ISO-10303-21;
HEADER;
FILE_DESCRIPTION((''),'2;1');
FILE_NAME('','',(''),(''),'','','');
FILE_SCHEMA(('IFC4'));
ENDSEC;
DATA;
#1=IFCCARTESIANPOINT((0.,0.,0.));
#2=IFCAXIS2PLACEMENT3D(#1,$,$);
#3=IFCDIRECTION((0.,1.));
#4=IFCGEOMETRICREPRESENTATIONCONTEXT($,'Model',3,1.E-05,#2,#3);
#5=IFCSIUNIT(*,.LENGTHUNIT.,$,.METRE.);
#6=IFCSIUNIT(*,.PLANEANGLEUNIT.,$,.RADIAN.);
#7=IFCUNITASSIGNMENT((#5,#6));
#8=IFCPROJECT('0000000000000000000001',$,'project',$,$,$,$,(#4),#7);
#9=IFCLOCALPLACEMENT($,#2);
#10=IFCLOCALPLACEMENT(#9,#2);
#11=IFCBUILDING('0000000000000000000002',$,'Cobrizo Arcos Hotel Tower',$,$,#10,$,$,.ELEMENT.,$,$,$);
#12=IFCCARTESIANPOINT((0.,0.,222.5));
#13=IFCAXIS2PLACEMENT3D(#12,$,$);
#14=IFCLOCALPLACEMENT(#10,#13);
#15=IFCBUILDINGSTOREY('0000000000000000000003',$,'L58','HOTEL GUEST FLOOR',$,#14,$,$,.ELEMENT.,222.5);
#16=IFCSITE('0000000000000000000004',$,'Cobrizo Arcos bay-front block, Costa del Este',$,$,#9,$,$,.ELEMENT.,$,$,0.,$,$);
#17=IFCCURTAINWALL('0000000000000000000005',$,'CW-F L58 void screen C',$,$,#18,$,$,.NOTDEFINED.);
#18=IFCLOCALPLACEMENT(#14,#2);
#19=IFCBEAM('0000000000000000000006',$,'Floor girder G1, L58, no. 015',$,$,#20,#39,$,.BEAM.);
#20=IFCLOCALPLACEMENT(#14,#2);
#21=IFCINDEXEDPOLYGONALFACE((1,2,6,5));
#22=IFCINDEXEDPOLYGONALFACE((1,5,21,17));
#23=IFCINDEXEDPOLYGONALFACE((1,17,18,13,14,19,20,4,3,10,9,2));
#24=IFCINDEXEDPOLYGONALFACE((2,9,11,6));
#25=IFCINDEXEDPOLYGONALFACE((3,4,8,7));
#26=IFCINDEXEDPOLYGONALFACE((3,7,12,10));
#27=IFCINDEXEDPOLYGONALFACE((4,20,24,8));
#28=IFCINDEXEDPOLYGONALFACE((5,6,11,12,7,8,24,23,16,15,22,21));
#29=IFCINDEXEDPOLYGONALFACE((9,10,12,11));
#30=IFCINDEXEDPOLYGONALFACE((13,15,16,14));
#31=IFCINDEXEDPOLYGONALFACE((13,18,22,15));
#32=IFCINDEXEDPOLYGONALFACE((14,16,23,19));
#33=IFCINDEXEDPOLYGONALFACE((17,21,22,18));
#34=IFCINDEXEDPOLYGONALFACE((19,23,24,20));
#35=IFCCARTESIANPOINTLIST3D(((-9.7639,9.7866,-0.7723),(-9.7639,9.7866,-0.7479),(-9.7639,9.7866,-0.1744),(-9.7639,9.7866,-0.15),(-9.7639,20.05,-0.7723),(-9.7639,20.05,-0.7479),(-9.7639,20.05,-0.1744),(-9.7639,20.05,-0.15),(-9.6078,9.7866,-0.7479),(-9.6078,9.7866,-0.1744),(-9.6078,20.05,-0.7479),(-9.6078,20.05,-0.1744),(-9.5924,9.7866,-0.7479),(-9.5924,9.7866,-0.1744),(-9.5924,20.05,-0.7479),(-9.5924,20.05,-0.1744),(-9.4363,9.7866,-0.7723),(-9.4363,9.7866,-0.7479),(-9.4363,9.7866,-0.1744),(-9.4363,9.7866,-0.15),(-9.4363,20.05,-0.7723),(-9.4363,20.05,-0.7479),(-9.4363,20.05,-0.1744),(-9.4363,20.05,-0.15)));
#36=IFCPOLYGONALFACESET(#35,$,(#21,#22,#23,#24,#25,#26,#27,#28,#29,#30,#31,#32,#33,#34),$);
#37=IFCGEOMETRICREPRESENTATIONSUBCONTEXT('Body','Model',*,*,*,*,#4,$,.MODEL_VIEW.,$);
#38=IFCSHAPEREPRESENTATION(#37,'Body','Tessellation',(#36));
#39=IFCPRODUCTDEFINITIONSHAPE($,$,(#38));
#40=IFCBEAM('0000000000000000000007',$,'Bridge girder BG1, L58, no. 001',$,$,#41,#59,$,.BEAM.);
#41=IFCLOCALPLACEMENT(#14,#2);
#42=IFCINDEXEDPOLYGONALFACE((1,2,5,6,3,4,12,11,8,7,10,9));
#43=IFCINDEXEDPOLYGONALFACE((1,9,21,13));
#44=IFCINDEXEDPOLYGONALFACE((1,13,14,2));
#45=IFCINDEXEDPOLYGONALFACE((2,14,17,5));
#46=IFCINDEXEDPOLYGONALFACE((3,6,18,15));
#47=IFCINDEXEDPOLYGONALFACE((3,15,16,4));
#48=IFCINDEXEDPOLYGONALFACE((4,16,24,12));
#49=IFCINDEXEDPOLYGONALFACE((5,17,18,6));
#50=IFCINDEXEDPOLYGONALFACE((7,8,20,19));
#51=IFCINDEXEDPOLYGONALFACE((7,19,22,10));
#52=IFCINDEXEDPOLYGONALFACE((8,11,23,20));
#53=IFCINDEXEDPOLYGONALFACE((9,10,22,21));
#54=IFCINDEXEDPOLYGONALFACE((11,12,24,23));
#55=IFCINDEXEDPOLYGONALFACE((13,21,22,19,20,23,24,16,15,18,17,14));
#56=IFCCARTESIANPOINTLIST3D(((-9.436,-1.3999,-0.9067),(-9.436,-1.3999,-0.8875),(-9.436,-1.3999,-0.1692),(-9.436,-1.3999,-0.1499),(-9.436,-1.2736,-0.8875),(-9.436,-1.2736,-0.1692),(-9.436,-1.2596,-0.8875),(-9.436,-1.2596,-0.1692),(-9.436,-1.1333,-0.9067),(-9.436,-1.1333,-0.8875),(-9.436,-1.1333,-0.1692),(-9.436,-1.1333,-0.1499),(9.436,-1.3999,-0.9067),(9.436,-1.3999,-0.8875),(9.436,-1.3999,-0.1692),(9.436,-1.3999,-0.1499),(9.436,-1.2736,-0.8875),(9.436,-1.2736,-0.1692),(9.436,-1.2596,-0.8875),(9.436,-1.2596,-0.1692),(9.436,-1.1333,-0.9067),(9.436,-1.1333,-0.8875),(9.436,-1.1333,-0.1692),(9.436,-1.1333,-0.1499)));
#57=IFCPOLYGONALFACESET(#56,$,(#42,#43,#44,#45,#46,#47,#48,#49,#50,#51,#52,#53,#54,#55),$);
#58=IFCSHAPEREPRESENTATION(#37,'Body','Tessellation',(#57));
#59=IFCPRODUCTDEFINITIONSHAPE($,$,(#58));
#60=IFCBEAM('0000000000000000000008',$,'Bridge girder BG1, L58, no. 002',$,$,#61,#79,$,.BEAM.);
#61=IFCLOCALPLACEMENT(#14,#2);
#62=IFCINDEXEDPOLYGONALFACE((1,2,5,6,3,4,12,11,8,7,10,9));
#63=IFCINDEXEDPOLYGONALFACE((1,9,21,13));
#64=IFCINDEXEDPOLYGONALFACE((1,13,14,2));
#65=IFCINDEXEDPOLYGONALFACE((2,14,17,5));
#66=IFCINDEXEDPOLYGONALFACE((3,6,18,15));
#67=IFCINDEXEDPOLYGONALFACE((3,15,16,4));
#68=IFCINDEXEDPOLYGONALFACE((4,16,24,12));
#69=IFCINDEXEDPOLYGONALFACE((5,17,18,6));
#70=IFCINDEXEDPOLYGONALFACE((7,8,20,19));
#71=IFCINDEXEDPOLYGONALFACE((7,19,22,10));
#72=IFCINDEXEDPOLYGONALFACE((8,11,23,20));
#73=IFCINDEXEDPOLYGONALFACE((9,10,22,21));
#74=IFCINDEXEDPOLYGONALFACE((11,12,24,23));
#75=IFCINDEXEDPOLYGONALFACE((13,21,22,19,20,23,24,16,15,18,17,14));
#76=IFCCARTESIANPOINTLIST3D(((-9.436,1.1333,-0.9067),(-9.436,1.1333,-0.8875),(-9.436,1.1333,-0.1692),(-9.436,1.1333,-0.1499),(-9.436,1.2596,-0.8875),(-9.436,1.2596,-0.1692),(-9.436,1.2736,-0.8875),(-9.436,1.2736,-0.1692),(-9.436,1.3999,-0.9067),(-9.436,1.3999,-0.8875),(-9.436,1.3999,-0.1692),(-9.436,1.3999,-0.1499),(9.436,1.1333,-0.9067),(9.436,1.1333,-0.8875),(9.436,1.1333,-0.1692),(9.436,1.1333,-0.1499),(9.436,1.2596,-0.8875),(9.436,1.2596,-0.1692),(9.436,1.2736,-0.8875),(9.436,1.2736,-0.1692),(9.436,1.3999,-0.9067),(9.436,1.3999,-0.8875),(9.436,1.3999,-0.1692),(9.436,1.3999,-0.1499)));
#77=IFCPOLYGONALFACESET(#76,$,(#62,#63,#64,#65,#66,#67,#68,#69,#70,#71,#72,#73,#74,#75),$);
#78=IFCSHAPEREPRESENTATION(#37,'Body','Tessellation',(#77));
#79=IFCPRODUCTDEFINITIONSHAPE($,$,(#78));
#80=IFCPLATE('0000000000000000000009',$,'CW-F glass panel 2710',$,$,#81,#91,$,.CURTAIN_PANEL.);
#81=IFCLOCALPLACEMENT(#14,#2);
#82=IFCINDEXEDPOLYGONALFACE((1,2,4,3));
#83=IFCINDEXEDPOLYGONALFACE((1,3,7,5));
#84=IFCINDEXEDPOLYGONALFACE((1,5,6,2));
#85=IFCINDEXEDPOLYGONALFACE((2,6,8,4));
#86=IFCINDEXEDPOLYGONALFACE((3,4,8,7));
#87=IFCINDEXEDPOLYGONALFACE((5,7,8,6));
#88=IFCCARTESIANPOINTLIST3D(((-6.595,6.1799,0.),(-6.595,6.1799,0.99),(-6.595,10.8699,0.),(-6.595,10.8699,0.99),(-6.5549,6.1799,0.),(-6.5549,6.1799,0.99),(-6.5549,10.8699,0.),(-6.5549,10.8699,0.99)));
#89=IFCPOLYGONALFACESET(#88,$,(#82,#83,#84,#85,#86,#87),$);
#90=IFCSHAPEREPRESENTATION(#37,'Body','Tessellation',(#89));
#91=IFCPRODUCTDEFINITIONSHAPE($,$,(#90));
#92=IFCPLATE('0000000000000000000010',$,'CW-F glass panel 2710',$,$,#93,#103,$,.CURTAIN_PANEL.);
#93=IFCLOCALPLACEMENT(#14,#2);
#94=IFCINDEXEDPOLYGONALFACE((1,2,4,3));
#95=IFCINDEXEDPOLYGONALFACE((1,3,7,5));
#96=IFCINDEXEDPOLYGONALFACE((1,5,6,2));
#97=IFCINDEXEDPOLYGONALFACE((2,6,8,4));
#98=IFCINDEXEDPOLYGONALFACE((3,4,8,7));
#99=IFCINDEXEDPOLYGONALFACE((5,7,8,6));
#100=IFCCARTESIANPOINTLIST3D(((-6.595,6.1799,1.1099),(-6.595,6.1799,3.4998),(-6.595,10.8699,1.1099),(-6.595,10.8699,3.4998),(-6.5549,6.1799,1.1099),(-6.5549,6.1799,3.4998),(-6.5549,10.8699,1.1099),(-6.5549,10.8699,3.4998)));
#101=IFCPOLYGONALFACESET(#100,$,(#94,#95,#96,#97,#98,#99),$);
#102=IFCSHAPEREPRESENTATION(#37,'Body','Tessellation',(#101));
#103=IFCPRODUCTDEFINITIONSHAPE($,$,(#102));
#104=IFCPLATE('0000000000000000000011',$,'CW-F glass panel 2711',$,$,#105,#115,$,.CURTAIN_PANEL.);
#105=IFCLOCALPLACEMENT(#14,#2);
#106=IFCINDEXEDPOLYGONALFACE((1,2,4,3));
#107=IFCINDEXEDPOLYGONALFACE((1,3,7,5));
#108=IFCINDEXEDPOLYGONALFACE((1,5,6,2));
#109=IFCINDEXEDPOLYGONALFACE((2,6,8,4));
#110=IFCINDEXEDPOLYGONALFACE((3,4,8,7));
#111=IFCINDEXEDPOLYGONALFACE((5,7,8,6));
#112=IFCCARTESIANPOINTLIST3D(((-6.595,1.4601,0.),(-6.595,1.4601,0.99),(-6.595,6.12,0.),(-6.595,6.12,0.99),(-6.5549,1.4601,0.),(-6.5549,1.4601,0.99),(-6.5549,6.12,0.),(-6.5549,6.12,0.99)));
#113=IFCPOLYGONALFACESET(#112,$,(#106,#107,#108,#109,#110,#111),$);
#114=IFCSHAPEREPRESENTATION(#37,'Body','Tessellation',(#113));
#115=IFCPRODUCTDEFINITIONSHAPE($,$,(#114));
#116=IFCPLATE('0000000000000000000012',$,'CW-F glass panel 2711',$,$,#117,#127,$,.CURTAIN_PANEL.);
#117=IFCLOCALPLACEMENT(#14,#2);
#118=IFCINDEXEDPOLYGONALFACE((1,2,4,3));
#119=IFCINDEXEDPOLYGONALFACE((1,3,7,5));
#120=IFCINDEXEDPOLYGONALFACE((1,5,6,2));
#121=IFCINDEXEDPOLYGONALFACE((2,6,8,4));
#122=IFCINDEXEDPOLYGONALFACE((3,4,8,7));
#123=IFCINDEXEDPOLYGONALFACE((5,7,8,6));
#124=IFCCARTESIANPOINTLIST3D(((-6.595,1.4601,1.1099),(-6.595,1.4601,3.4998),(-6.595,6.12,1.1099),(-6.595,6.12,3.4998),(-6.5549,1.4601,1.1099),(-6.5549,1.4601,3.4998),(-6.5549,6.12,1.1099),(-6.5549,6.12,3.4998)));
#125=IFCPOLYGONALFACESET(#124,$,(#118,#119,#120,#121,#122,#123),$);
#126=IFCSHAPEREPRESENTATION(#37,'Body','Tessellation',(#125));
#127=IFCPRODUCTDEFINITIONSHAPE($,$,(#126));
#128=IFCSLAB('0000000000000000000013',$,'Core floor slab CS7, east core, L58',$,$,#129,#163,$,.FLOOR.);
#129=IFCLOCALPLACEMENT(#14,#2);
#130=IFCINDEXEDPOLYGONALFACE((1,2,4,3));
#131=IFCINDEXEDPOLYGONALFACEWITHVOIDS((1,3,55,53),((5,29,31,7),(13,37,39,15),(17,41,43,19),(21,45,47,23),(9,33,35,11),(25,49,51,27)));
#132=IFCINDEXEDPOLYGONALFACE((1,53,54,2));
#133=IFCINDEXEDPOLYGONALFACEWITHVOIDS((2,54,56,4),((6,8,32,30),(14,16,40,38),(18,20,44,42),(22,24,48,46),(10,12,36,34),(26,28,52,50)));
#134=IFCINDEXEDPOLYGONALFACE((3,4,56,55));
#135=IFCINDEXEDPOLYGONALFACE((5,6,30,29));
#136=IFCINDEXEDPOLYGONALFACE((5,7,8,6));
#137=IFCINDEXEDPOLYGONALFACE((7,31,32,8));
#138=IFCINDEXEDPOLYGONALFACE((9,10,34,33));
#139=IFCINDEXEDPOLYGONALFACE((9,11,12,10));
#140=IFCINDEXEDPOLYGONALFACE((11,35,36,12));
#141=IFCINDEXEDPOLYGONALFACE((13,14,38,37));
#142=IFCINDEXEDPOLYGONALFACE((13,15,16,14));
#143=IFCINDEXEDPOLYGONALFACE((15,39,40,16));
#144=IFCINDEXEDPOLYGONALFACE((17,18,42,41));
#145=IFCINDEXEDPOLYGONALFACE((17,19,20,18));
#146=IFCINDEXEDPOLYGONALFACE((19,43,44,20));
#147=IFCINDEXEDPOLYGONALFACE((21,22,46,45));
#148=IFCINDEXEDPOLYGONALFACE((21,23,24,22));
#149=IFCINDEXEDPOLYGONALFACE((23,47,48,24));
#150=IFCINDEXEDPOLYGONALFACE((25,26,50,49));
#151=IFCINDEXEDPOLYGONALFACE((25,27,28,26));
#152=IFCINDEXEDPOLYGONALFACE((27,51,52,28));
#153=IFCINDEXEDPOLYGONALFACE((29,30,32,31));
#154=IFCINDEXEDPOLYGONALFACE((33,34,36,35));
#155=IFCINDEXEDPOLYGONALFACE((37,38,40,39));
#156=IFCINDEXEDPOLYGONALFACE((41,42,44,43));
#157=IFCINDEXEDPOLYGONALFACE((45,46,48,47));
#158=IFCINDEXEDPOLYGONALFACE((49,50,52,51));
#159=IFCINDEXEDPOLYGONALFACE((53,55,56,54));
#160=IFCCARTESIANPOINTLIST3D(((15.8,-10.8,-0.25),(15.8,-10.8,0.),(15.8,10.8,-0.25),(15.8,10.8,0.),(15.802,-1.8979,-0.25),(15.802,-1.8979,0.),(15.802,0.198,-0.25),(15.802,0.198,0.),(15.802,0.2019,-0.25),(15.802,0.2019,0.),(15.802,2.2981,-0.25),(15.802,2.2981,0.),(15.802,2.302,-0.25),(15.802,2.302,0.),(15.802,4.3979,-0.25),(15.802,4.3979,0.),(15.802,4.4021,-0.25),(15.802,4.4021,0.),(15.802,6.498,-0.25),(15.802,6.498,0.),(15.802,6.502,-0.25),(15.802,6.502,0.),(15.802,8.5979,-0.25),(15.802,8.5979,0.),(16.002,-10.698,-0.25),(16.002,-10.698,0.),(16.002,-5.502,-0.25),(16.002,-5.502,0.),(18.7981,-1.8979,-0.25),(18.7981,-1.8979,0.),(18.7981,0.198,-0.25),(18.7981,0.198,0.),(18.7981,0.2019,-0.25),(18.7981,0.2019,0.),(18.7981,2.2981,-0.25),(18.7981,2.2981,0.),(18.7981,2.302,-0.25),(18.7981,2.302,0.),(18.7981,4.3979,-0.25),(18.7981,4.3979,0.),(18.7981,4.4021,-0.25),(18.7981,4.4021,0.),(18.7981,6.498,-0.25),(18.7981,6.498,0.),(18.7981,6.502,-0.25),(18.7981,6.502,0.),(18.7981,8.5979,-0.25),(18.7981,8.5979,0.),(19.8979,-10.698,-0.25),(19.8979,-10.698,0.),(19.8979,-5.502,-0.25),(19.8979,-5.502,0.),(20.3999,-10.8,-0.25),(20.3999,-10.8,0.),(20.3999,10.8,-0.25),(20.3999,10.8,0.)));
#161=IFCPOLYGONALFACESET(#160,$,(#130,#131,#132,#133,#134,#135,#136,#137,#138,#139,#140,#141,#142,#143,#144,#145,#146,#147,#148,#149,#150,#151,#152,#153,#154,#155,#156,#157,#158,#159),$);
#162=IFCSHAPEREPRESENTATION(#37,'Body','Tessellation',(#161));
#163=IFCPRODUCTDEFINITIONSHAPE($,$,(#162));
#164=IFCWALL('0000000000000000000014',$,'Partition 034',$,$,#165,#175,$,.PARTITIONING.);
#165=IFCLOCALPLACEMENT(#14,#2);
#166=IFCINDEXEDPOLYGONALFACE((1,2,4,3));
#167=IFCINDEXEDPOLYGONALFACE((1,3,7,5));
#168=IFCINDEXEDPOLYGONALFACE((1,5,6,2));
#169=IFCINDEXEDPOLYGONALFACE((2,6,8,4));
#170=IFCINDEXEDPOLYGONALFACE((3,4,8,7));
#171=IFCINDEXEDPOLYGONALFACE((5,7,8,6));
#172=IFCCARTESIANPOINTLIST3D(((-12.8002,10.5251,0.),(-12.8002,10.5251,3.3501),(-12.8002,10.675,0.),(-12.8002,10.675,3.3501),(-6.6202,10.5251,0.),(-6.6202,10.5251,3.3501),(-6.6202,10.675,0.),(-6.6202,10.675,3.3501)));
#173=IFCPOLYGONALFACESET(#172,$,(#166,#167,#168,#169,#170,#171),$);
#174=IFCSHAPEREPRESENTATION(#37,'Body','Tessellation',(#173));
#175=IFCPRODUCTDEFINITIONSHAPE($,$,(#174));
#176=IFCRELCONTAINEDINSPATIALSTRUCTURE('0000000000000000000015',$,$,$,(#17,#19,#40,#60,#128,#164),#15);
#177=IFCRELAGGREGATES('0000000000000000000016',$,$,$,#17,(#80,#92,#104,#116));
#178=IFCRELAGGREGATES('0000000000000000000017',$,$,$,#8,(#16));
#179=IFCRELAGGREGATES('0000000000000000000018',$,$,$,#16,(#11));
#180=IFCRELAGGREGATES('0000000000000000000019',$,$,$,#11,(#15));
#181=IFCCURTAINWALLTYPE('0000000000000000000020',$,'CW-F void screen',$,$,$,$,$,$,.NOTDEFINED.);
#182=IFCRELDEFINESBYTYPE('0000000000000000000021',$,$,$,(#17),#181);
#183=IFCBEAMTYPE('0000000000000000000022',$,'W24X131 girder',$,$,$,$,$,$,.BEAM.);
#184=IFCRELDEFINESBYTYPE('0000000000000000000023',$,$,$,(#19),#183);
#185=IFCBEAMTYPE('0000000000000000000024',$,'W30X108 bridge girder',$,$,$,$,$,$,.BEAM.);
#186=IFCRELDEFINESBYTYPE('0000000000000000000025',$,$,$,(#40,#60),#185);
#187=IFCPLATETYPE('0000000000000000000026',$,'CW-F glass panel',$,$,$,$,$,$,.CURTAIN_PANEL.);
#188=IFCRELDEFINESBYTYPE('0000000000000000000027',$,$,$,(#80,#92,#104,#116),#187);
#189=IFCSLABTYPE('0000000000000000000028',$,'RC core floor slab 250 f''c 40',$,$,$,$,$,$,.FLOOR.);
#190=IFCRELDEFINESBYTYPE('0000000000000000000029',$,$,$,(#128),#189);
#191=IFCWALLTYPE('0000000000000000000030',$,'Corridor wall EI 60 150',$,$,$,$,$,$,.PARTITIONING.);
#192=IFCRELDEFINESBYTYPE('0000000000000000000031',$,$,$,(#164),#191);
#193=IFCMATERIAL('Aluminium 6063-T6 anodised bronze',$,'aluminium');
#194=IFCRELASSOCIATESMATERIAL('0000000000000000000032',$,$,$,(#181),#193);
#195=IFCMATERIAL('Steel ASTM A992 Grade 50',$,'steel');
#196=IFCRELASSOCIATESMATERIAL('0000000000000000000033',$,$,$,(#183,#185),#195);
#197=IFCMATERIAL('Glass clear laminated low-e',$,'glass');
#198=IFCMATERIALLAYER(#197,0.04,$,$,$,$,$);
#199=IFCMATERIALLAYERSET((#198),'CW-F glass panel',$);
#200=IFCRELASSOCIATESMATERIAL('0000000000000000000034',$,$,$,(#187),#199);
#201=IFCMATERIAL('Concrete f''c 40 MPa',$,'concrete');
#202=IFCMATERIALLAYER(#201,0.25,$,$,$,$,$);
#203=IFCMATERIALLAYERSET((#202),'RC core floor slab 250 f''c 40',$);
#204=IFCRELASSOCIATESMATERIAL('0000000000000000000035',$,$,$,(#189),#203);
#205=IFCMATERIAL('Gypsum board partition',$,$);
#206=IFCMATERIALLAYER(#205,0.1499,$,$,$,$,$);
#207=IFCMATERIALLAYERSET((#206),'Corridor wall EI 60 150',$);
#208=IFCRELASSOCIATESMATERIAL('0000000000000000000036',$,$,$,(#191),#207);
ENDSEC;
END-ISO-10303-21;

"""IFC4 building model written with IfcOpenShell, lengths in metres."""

from ifc_helpers import new_model, si_unit, direction, frame, frame_2d, origin, origin_2d, place, context, subcontext, project, spatial, polyline, rectangle, i_section, outline, extrude, material, layer, layer_set, material_profile, profile_set, type_object, element, aggregate, save


model = new_model("IFC4")

# Units and contexts
model_context = context("Model", 3, precision=1e-05, world=origin(), true_north=direction((0.0, 1.0)))
body_context = subcontext(model_context, "Body", "Model", "MODEL_VIEW")
ifc_project = project(units=[si_unit("LENGTHUNIT", "METRE"), si_unit("PLANEANGLEUNIT", "RADIAN")], contexts=[model_context])

# Site, building, storey
site_placement = place(None, origin())
site = spatial("IfcSite", under=ifc_project, at=site_placement, Name="Cobrizo Arcos bay-front block, Costa del Este", CompositionType="ELEMENT", RefElevation=0.0)
building_placement = place(site_placement, origin())
building = spatial("IfcBuilding", under=site, at=building_placement, Name="Cobrizo Arcos Hotel Tower", CompositionType="ELEMENT")
storey_placement = place(building_placement, frame((0.0, 0.0, 222.5)))
storey = spatial("IfcBuildingStorey", under=building, at=storey_placement, Name="L58", Description="HOTEL GUEST FLOOR", CompositionType="ELEMENT", Elevation=222.5)

# Shared definitions
ifc_material_1 = material(Name="Steel ASTM A992 Grade 50", Category="steel")

# Curtain wall
ifc_material_2 = material(Name="Aluminium 6063-T6 anodised bronze", Category="aluminium")
curtain_wall_type = type_object("IfcCurtainWallType", Name="CW-F void screen", PredefinedType="NOTDEFINED", material=ifc_material_2)
curtain_wall_placement = place(storey_placement, origin())
curtain_wall = element("IfcCurtainWall", 1, at=curtain_wall_placement, inside=storey, type_object=curtain_wall_type, Name="CW-F L58 void screen C", PredefinedType="NOTDEFINED")

# Beams
ifc_material_profile_1 = material_profile(ifc_material_1, i_section(OverallWidth=0.3276, OverallDepth=0.6223, WebThickness=0.0154, FlangeThickness=0.0244, at=origin_2d()), Name="W24X131")
ifc_profile_set_1 = profile_set([ifc_material_profile_1], Name="Steel ASTM A992 Grade 50")
beam_type_1 = type_object("IfcBeamType", Name="W24X131 girder", PredefinedType="BEAM", material=ifc_profile_set_1)
beam_1_placement = place(storey_placement, frame((-9.6001, 9.7866, -0.4612), z_axis=(0.0, 1.0, 0.0), x_axis=(-1.0, 0.0, 0.0)))
element("IfcBeam", 2, at=beam_1_placement, inside=storey, type_object=beam_type_1, Name="Floor girder G1, L58, no. 015", PredefinedType="BEAM", context=body_context, shape_type="SweptSolid", body=[
    extrude(i_section(OverallWidth=0.3276, OverallDepth=0.6223, WebThickness=0.0154, FlangeThickness=0.0244, at=origin_2d()), origin(), (0.0, 0.0, 1.0), 10.2634),
])
ifc_material_profile_2 = material_profile(ifc_material_1, i_section(OverallWidth=0.2666, OverallDepth=0.7568, WebThickness=0.0139, FlangeThickness=0.0193, at=origin_2d()), Name="W30X108")
ifc_profile_set_2 = profile_set([ifc_material_profile_2], Name="Steel ASTM A992 Grade 50")
beam_type_2 = type_object("IfcBeamType", Name="W30X108 bridge girder", PredefinedType="BEAM", material=ifc_profile_set_2)
for number, where, z_axis, x_axis, name in (
    (3, (-9.436, -1.2666, -0.5283), (1.0, 0.0, 0.0), (0.0, 1.0, 0.0), "Bridge girder BG1, L58, no. 001"),
    (4, (-9.436, 1.2666, -0.5283), (1.0, 0.0, 0.0), (0.0, 1.0, 0.0), "Bridge girder BG1, L58, no. 002"),
):
    element("IfcBeam", number, at=place(storey_placement, frame(where, z_axis=z_axis, x_axis=x_axis)), inside=storey, type_object=beam_type_2, Name=name, PredefinedType="BEAM", context=body_context, shape_type="SweptSolid", body=[
        extrude(i_section(OverallWidth=0.2666, OverallDepth=0.7568, WebThickness=0.0139, FlangeThickness=0.0193, at=origin_2d()), origin(), (0.0, 0.0, 1.0), 18.8721),
    ])

# Plates
ifc_material_3 = material(Name="Glass clear laminated low-e", Category="glass")
ifc_layer_1 = layer(ifc_material_3, 0.04)
ifc_layer_set_1 = layer_set([ifc_layer_1], Name="CW-F glass panel")
plate_type = type_object("IfcPlateType", Name="CW-F glass panel", PredefinedType="CURTAIN_PANEL", material=ifc_layer_set_1)
plate_1_placement = place(storey_placement, frame((-6.575, 8.5249, 0.0), z_axis=(0.0, 0.0, 1.0), x_axis=(0.0, -1.0, 0.0)))
plate_1 = element("IfcPlate", 5, at=plate_1_placement, type_object=plate_type, Name="CW-F glass panel 2710", PredefinedType="CURTAIN_PANEL", context=body_context, shape_type="SweptSolid", body=[
    extrude(rectangle(XDim=4.6899, YDim=0.04, at=origin_2d()), origin(), (0.0, 0.0, 1.0), 0.99),
])
plate_2_placement = place(storey_placement, frame((-6.575, 8.5249, 1.1099), z_axis=(0.0, 0.0, 1.0), x_axis=(0.0, -1.0, 0.0)))
plate_2 = element("IfcPlate", 6, at=plate_2_placement, type_object=plate_type, Name="CW-F glass panel 2710", PredefinedType="CURTAIN_PANEL", context=body_context, shape_type="SweptSolid", body=[
    extrude(rectangle(XDim=4.6899, YDim=0.04, at=origin_2d()), origin(), (0.0, 0.0, 1.0), 2.3899),
])
plate_3_placement = place(storey_placement, frame((-6.575, 3.79, 0.0), z_axis=(0.0, 0.0, 1.0), x_axis=(0.0, -1.0, 0.0)))
plate_3 = element("IfcPlate", 7, at=plate_3_placement, type_object=plate_type, Name="CW-F glass panel 2711", PredefinedType="CURTAIN_PANEL", context=body_context, shape_type="SweptSolid", body=[
    extrude(rectangle(XDim=4.6599, YDim=0.04, at=origin_2d()), origin(), (0.0, 0.0, 1.0), 0.99),
])
plate_4_placement = place(storey_placement, frame((-6.575, 3.79, 1.1099), z_axis=(0.0, 0.0, 1.0), x_axis=(0.0, -1.0, 0.0)))
plate_4 = element("IfcPlate", 8, at=plate_4_placement, type_object=plate_type, Name="CW-F glass panel 2711", PredefinedType="CURTAIN_PANEL", context=body_context, shape_type="SweptSolid", body=[
    extrude(rectangle(XDim=4.6599, YDim=0.04, at=origin_2d()), origin(), (0.0, 0.0, 1.0), 2.3899),
])
aggregate(curtain_wall, [plate_1, plate_2, plate_3, plate_4])

# Slab
ifc_material_4 = material(Name="Concrete f'c 40 MPa", Category="concrete")
ifc_layer_2 = layer(ifc_material_4, 0.25)
ifc_layer_set_2 = layer_set([ifc_layer_2], Name="RC core floor slab 250 f'c 40")
slab_type = type_object("IfcSlabType", Name="RC core floor slab 250 f'c 40", PredefinedType="FLOOR", material=ifc_layer_set_2)
slab_placement = place(storey_placement, frame((0.0, 0.0, -0.25)))
element("IfcSlab", 9, at=slab_placement, inside=storey, type_object=slab_type, Name="Core floor slab CS7, east core, L58", PredefinedType="FLOOR", context=body_context, shape_type="SweptSolid", body=[
    extrude(outline(polyline([(15.8, 10.8), (20.3999, 10.8), (20.3999, -10.8), (15.8, -10.8), (15.8, 10.8)]), holes=[polyline([(19.8979, -10.698), (19.8979, -5.502), (16.002, -5.502), (16.002, -10.698), (19.8979, -10.698)]), polyline([(15.802, 0.198), (15.802, -1.8979), (18.7981, -1.8979), (18.7981, 0.198), (15.802, 0.198)]), polyline([(15.802, 2.2981), (15.802, 0.2019), (18.7981, 0.2019), (18.7981, 2.2981), (15.802, 2.2981)]), polyline([(15.802, 4.3979), (15.802, 2.302), (18.7981, 2.302), (18.7981, 4.3979), (15.802, 4.3979)]), polyline([(18.7981, 6.498), (15.802, 6.498), (15.802, 4.4021), (18.7981, 4.4021), (18.7981, 6.498)]), polyline([(18.7981, 8.5979), (15.802, 8.5979), (15.802, 6.502), (18.7981, 6.502), (18.7981, 8.5979)])]), origin(), (0.0, 0.0, 1.0), 0.25),
])

# Wall
ifc_material_5 = material(Name="Gypsum board partition")
ifc_layer_3 = layer(ifc_material_5, 0.1499)
ifc_layer_set_3 = layer_set([ifc_layer_3], Name="Corridor wall EI 60 150")
wall_type_1 = type_object("IfcWallType", Name="Corridor wall EI 60 150", PredefinedType="PARTITIONING", material=ifc_layer_set_3)
wall_1_placement = place(storey_placement, frame((-12.8, 10.6001, 0.0), z_axis=(0.0, 0.0, 1.0), x_axis=(1.0, 0.0, 0.0)))
element("IfcWall", 10, at=wall_1_placement, inside=storey, type_object=wall_type_1, Name="Partition 034", PredefinedType="PARTITIONING", context=body_context, shape_type="SweptSolid", body=[
    extrude(rectangle(XDim=6.1799, YDim=0.1499, at=frame_2d((3.0898, 0.0))), origin(), (0.0, 0.0, 1.0), 3.3501),
])

save(model, "model.ifc")
